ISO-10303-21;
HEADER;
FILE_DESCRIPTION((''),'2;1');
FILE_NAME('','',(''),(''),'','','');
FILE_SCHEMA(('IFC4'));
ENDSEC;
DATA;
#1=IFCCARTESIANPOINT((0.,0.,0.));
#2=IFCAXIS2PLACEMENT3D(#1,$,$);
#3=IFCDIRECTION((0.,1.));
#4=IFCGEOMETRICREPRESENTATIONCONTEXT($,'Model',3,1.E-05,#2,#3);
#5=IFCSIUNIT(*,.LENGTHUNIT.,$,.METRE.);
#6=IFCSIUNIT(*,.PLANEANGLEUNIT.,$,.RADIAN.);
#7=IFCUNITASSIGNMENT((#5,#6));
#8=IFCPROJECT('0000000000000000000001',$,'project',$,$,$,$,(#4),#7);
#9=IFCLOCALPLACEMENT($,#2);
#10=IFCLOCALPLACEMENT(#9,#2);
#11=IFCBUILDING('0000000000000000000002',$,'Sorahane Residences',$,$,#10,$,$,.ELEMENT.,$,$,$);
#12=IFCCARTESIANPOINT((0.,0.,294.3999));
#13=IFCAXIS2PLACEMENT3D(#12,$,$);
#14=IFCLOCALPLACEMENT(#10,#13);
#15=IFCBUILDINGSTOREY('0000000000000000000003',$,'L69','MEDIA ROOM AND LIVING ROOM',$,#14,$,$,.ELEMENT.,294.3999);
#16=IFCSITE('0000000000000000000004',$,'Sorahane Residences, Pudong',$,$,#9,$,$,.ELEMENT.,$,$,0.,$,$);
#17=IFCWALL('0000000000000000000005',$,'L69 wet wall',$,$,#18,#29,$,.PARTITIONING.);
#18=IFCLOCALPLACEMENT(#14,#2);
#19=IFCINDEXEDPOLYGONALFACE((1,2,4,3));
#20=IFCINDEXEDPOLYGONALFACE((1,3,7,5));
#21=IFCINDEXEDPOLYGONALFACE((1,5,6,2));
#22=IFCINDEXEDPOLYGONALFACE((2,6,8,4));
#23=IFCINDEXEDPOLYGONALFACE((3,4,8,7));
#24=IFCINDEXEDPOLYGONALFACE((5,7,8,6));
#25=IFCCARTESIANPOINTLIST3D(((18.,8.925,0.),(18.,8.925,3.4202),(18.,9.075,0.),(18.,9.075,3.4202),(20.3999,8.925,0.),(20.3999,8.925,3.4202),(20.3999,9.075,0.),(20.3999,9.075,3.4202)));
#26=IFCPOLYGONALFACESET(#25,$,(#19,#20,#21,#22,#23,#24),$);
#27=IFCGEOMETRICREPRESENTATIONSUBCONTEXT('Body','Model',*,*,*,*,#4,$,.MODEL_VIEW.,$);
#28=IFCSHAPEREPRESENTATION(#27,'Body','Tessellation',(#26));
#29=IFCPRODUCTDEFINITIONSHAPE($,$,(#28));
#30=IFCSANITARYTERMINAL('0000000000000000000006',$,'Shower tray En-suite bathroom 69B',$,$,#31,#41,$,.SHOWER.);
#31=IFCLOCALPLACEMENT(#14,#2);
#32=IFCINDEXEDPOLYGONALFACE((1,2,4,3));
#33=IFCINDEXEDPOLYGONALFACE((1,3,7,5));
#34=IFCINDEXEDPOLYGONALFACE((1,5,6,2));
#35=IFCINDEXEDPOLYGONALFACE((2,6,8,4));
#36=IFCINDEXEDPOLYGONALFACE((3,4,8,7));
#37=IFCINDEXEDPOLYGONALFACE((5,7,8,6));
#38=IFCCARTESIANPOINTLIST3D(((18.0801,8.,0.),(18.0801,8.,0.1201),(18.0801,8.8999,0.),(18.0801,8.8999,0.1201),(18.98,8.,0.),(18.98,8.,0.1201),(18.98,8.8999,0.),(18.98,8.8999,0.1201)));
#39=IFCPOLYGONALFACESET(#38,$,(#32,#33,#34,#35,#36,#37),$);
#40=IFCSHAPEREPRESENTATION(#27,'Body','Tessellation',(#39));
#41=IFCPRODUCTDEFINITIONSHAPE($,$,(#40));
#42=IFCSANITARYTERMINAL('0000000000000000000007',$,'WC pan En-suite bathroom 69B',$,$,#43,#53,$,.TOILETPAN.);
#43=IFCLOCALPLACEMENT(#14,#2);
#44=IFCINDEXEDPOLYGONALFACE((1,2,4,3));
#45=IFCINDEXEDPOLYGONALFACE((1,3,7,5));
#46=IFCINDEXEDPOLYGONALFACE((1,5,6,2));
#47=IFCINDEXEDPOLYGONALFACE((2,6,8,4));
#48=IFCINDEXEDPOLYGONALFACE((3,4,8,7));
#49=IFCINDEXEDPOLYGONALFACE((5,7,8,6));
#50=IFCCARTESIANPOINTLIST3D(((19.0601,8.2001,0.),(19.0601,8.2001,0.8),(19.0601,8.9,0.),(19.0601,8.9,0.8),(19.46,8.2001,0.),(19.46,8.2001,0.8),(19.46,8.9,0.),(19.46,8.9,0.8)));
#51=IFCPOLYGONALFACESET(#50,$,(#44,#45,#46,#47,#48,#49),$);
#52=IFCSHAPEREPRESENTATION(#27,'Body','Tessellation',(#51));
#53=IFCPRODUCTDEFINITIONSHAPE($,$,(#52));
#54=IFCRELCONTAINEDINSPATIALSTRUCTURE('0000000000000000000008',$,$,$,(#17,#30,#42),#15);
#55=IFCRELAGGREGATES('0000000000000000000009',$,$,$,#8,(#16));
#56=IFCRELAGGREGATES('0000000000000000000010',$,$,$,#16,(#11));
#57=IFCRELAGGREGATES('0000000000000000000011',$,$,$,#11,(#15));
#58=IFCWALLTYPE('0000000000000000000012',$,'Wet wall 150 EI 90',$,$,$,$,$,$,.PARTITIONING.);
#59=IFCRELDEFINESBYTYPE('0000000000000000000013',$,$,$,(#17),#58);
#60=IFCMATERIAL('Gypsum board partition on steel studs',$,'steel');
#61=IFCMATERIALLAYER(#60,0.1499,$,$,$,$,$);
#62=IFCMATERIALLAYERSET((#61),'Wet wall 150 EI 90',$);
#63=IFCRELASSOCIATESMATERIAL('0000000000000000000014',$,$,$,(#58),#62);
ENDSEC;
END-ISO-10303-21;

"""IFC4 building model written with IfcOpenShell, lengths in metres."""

from ifc_helpers import new_model, si_unit, direction, frame, frame_2d, origin, origin_2d, place, context, subcontext, project, spatial, rectangle, extrude, material, layer, layer_set, type_object, element, save


model = new_model("IFC4")

# Units and contexts
model_context = context("Model", 3, precision=1e-05, world=origin(), true_north=direction((0.0, 1.0)))
body_context = subcontext(model_context, "Body", "Model", "MODEL_VIEW")
ifc_project = project(units=[si_unit("LENGTHUNIT", "METRE"), si_unit("PLANEANGLEUNIT", "RADIAN")], contexts=[model_context])

# Site, building, storey
site_placement = place(None, origin())
site = spatial("IfcSite", under=ifc_project, at=site_placement, Name="Sorahane Residences, Pudong", CompositionType="ELEMENT", RefElevation=0.0)
building_placement = place(site_placement, origin())
building = spatial("IfcBuilding", under=site, at=building_placement, Name="Sorahane Residences", CompositionType="ELEMENT")
storey_placement = place(building_placement, frame((0.0, 0.0, 294.3999)))
storey = spatial("IfcBuildingStorey", under=building, at=storey_placement, Name="L69", Description="MEDIA ROOM AND LIVING ROOM", CompositionType="ELEMENT", Elevation=294.3999)

# Wall
ifc_material_1 = material(Name="Gypsum board partition on steel studs", Category="steel")
ifc_layer_1 = layer(ifc_material_1, 0.1499)
ifc_layer_set_1 = layer_set([ifc_layer_1], Name="Wet wall 150 EI 90")
wall_type_1 = type_object("IfcWallType", Name="Wet wall 150 EI 90", PredefinedType="PARTITIONING", material=ifc_layer_set_1)
wall_1_placement = place(storey_placement, frame((18.0, 9.0, 0.0), z_axis=(0.0, 0.0, 1.0), x_axis=(1.0, 0.0, 0.0)))
element("IfcWall", 1, at=wall_1_placement, inside=storey, type_object=wall_type_1, Name="L69 wet wall", PredefinedType="PARTITIONING", context=body_context, shape_type="SweptSolid", body=[
    extrude(rectangle(XDim=2.3999, YDim=0.1499, at=frame_2d((1.2, 0.0))), origin(), (0.0, 0.0, 1.0), 3.4202),
])

# Sanitary terminals
sanitary_terminal_1_placement = place(storey_placement, frame((18.53, 8.45, 0.0), z_axis=(0.0, 0.0, 1.0), x_axis=(1.0, 0.0, 0.0)))
element("IfcSanitaryTerminal", 2, at=sanitary_terminal_1_placement, inside=storey, Name="Shower tray En-suite bathroom 69B", PredefinedType="SHOWER", context=body_context, shape_type="SweptSolid", body=[
    extrude(rectangle(XDim=0.8999, YDim=0.8999, at=origin_2d()), origin(), (0.0, 0.0, 1.0), 0.1201),
])
sanitary_terminal_2_placement = place(storey_placement, frame((19.26, 8.55, 0.0), z_axis=(0.0, 0.0, 1.0), x_axis=(1.0, 0.0, 0.0)))
element("IfcSanitaryTerminal", 3, at=sanitary_terminal_2_placement, inside=storey, Name="WC pan En-suite bathroom 69B", PredefinedType="TOILETPAN", context=body_context, shape_type="SweptSolid", body=[
    extrude(rectangle(XDim=0.3999, YDim=0.7, at=origin_2d()), origin(), (0.0, 0.0, 1.0), 0.8),
])

save(model, "model.ifc")
